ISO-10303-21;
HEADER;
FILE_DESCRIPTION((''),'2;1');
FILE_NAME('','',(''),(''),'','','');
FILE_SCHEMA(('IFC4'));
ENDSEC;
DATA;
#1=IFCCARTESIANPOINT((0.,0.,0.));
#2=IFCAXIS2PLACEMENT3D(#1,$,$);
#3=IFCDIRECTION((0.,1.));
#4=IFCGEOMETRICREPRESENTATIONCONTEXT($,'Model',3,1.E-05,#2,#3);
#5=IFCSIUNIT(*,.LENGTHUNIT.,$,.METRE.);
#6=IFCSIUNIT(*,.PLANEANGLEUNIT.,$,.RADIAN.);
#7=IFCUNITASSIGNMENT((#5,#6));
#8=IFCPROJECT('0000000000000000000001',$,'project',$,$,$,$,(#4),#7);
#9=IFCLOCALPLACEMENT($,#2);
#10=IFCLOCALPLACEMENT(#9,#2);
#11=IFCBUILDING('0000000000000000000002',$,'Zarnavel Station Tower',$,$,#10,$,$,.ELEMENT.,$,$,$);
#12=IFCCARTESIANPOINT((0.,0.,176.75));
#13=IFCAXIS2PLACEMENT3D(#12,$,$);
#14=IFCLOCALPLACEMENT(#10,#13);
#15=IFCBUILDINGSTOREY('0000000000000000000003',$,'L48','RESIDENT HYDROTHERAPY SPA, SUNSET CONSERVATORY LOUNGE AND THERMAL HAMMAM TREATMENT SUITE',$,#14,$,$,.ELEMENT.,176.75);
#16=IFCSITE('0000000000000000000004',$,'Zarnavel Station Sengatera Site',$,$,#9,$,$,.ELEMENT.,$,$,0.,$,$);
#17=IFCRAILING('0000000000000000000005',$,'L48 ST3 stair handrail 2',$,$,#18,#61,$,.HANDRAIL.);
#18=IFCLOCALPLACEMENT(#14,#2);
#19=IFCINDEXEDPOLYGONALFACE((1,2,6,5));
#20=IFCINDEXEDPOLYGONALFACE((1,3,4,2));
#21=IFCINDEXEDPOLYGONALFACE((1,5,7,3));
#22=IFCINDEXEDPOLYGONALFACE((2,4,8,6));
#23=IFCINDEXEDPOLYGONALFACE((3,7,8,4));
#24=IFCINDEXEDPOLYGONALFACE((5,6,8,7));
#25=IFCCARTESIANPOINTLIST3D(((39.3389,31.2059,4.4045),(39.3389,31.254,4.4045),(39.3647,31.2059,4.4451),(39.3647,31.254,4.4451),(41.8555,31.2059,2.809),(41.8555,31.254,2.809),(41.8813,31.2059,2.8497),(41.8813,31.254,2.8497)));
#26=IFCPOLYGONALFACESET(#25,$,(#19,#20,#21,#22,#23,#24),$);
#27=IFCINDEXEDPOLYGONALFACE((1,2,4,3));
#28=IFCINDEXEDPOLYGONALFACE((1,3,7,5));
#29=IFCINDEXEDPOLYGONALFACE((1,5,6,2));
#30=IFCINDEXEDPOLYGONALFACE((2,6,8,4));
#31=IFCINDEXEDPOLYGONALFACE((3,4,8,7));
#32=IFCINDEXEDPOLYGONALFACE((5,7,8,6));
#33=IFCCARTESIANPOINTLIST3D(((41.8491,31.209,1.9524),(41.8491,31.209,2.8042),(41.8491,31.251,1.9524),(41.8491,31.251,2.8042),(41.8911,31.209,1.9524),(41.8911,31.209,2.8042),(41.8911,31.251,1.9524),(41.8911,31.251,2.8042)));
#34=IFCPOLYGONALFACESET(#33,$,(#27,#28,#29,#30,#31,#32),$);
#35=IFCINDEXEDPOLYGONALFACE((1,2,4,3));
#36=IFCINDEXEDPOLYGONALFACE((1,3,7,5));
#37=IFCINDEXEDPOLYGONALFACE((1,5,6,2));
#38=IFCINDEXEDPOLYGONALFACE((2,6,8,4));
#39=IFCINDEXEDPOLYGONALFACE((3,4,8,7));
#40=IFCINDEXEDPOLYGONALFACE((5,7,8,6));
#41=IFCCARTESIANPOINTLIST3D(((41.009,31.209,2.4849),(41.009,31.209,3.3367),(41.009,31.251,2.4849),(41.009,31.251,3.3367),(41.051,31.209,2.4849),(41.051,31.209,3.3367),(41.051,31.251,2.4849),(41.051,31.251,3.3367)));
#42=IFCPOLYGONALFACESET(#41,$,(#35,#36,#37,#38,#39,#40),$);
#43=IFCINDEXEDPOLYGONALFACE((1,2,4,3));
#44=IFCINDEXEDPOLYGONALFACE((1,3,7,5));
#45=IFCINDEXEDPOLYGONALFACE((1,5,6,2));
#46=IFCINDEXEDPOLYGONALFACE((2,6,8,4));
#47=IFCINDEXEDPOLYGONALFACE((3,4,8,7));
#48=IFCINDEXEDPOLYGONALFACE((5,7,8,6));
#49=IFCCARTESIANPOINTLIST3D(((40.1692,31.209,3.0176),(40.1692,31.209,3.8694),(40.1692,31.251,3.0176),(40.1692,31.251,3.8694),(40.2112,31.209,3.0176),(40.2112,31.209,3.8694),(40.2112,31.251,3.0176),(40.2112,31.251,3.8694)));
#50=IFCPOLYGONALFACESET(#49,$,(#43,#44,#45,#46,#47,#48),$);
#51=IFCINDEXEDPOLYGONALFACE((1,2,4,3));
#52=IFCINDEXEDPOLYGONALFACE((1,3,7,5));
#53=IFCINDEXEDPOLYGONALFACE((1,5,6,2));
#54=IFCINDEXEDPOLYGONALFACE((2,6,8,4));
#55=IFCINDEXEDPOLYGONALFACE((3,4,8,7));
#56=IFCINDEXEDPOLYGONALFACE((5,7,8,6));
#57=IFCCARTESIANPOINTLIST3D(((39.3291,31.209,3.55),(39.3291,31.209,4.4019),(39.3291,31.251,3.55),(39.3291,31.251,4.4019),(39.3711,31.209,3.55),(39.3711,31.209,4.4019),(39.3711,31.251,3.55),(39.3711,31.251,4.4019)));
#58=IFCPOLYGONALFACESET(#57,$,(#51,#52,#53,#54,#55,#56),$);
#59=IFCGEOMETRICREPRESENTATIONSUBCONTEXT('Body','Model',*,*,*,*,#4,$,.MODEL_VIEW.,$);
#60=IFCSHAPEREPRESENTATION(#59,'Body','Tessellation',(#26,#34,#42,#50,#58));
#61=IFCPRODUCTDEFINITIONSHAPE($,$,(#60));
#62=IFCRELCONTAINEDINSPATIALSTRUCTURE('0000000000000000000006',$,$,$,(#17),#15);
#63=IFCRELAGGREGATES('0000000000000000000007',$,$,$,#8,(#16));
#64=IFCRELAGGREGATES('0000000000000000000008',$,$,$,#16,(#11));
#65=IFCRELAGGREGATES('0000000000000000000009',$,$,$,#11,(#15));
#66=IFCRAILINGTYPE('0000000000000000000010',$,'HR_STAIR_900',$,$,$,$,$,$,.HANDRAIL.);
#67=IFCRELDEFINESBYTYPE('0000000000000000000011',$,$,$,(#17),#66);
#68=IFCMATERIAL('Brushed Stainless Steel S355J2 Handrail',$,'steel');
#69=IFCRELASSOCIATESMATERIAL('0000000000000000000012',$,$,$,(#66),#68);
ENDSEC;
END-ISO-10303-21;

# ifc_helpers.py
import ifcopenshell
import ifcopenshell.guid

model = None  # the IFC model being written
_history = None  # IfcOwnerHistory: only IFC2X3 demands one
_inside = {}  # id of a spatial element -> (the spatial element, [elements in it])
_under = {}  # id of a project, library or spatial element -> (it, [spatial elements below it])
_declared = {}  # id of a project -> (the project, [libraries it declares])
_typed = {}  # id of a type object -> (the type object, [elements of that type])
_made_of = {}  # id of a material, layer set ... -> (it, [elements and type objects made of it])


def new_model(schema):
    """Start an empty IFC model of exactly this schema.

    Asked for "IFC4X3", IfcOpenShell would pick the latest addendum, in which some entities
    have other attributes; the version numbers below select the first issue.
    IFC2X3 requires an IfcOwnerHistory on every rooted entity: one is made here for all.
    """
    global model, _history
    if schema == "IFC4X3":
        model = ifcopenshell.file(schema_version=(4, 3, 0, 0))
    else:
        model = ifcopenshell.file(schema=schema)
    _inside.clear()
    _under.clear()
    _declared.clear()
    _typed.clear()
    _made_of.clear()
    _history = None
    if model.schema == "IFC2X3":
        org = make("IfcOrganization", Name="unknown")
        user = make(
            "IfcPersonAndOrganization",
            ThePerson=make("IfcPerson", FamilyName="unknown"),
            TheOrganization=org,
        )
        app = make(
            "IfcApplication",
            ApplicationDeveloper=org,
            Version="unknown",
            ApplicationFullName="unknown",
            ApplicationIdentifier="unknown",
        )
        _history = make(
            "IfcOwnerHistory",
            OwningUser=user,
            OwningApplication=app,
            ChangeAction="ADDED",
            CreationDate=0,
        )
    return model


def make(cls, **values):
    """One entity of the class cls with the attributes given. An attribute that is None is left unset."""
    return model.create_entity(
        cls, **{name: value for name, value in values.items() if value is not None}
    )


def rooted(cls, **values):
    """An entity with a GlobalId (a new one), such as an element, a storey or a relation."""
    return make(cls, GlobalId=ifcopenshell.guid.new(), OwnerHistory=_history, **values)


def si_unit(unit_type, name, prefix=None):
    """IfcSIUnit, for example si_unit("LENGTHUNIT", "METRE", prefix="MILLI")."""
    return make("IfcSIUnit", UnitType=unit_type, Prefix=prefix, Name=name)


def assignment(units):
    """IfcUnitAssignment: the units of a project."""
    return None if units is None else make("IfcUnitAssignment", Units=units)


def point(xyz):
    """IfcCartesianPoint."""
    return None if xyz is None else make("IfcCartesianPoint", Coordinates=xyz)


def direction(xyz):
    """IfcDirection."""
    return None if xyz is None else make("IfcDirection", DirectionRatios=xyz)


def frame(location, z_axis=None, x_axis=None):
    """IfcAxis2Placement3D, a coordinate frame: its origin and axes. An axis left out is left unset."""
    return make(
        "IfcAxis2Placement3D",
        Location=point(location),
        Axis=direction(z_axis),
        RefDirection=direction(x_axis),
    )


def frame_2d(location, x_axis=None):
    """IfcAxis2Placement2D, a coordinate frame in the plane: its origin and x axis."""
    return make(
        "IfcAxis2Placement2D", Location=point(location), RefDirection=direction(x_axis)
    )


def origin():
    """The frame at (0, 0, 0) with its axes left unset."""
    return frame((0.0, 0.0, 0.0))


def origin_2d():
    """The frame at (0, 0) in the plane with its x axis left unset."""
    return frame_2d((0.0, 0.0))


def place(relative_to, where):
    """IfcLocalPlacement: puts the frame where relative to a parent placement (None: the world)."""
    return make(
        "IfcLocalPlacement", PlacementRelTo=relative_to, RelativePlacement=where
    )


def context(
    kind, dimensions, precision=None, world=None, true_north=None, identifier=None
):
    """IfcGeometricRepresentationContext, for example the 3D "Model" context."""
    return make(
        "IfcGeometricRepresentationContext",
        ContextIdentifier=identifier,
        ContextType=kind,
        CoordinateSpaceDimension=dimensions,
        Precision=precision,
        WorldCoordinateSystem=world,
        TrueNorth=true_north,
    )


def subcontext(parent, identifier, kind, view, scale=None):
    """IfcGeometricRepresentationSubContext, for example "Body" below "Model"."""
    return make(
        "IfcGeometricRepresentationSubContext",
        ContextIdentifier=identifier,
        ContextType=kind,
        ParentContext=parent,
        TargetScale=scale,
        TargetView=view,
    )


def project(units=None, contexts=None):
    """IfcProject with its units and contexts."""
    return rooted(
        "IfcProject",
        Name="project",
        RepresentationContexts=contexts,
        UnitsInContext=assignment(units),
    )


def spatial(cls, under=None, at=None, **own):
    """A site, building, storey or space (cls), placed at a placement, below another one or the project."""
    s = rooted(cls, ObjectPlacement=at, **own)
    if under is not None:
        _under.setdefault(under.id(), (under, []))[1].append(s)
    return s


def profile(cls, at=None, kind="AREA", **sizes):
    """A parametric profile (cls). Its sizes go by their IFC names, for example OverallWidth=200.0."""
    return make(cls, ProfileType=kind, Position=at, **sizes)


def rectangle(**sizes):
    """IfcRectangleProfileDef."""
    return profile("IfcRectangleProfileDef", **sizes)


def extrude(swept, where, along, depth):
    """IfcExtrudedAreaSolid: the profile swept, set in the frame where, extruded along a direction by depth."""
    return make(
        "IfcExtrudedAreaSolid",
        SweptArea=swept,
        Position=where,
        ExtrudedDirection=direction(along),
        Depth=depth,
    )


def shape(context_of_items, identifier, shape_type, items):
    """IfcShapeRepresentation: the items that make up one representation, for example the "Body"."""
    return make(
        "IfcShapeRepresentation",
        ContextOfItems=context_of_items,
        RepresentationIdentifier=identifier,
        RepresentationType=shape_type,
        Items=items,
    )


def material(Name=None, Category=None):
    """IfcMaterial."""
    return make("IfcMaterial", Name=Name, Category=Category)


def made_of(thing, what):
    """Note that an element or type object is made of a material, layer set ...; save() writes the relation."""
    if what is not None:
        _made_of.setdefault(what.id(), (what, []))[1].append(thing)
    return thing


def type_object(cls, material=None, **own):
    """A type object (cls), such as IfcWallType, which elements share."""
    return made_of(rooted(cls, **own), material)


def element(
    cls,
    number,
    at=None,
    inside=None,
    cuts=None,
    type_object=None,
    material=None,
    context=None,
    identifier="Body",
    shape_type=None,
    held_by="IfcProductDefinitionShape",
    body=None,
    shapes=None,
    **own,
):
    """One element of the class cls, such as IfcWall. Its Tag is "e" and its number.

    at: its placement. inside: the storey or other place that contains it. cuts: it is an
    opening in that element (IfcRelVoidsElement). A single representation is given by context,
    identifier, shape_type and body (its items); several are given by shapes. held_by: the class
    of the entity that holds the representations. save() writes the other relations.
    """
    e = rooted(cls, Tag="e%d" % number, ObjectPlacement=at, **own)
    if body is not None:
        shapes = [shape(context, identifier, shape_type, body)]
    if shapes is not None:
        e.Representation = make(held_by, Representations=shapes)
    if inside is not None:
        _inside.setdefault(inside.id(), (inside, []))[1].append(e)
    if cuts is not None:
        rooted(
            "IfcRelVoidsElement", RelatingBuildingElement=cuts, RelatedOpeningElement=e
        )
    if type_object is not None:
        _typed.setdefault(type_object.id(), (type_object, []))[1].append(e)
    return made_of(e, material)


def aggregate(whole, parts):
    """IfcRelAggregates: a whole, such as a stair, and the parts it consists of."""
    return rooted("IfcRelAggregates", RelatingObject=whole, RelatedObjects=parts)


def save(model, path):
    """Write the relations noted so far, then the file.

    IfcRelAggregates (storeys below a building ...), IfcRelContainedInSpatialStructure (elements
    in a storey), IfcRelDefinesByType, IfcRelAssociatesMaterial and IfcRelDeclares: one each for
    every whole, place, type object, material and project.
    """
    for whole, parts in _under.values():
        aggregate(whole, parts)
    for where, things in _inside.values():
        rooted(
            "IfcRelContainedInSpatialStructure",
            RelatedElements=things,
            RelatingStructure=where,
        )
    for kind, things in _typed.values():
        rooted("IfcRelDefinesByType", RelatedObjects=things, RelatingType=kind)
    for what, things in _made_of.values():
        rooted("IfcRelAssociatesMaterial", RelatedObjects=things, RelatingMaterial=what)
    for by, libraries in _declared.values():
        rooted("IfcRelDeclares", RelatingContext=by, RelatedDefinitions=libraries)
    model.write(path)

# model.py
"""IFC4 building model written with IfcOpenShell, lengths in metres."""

from ifc_helpers import new_model, si_unit, direction, frame, origin, origin_2d, place, context, subcontext, project, spatial, rectangle, extrude, material, type_object, element, save


model = new_model("IFC4")

# Units and contexts
model_context = context("Model", 3, precision=1e-05, world=origin(), true_north=direction((0.0, 1.0)))
body_context = subcontext(model_context, "Body", "Model", "MODEL_VIEW")
ifc_project = project(units=[si_unit("LENGTHUNIT", "METRE"), si_unit("PLANEANGLEUNIT", "RADIAN")], contexts=[model_context])

# Site, building, storey
site_placement = place(None, origin())
site = spatial("IfcSite", under=ifc_project, at=site_placement, Name="Zarnavel Station Sengatera Site", CompositionType="ELEMENT", RefElevation=0.0)
building_placement = place(site_placement, origin())
building = spatial("IfcBuilding", under=site, at=building_placement, Name="Zarnavel Station Tower", CompositionType="ELEMENT")
storey_placement = place(building_placement, frame((0.0, 0.0, 176.75)))
storey = spatial("IfcBuildingStorey", under=building, at=storey_placement, Name="L48", Description="RESIDENT HYDROTHERAPY SPA, SUNSET CONSERVATORY LOUNGE AND THERMAL HAMMAM TREATMENT SUITE", CompositionType="ELEMENT", Elevation=176.75)

# Railing
ifc_material_1 = material(Name="Brushed Stainless Steel S355J2 Handrail", Category="steel")
railing_type_1 = type_object("IfcRailingType", Name="HR_STAIR_900", PredefinedType="HANDRAIL", material=ifc_material_1)
railing_1_placement = place(storey_placement, frame((41.8701, 31.23, 1.9524)))
element("IfcRailing", 1, at=railing_1_placement, inside=storey, type_object=railing_type_1, Name="L48 ST3 stair handrail 2", PredefinedType="HANDRAIL", context=body_context, shape_type="SweptSolid", body=[
    extrude(rectangle(XDim=0.0481, YDim=0.0481, at=origin_2d()), frame((-0.0017, 0.0, 0.877), z_axis=(-0.84457, 0.0, 0.535445), x_axis=(0.0, -1.0, 0.0)), (0.0, 0.0, 1.0), 2.9797),
    extrude(rectangle(XDim=0.042, YDim=0.042, at=origin_2d()), origin(), (0.0, 0.0, 1.0), 0.8518),
    extrude(rectangle(XDim=0.042, YDim=0.042, at=origin_2d()), frame((-0.8401, 0.0, 0.5325)), (0.0, 0.0, 1.0), 0.8518),
    extrude(rectangle(XDim=0.042, YDim=0.042, at=origin_2d()), frame((-1.6799, 0.0, 1.0652)), (0.0, 0.0, 1.0), 0.8518),
    extrude(rectangle(XDim=0.042, YDim=0.042, at=origin_2d()), frame((-2.52, 0.0, 1.5977)), (0.0, 0.0, 1.0), 0.8518),
])

save(model, "model.ifc")
